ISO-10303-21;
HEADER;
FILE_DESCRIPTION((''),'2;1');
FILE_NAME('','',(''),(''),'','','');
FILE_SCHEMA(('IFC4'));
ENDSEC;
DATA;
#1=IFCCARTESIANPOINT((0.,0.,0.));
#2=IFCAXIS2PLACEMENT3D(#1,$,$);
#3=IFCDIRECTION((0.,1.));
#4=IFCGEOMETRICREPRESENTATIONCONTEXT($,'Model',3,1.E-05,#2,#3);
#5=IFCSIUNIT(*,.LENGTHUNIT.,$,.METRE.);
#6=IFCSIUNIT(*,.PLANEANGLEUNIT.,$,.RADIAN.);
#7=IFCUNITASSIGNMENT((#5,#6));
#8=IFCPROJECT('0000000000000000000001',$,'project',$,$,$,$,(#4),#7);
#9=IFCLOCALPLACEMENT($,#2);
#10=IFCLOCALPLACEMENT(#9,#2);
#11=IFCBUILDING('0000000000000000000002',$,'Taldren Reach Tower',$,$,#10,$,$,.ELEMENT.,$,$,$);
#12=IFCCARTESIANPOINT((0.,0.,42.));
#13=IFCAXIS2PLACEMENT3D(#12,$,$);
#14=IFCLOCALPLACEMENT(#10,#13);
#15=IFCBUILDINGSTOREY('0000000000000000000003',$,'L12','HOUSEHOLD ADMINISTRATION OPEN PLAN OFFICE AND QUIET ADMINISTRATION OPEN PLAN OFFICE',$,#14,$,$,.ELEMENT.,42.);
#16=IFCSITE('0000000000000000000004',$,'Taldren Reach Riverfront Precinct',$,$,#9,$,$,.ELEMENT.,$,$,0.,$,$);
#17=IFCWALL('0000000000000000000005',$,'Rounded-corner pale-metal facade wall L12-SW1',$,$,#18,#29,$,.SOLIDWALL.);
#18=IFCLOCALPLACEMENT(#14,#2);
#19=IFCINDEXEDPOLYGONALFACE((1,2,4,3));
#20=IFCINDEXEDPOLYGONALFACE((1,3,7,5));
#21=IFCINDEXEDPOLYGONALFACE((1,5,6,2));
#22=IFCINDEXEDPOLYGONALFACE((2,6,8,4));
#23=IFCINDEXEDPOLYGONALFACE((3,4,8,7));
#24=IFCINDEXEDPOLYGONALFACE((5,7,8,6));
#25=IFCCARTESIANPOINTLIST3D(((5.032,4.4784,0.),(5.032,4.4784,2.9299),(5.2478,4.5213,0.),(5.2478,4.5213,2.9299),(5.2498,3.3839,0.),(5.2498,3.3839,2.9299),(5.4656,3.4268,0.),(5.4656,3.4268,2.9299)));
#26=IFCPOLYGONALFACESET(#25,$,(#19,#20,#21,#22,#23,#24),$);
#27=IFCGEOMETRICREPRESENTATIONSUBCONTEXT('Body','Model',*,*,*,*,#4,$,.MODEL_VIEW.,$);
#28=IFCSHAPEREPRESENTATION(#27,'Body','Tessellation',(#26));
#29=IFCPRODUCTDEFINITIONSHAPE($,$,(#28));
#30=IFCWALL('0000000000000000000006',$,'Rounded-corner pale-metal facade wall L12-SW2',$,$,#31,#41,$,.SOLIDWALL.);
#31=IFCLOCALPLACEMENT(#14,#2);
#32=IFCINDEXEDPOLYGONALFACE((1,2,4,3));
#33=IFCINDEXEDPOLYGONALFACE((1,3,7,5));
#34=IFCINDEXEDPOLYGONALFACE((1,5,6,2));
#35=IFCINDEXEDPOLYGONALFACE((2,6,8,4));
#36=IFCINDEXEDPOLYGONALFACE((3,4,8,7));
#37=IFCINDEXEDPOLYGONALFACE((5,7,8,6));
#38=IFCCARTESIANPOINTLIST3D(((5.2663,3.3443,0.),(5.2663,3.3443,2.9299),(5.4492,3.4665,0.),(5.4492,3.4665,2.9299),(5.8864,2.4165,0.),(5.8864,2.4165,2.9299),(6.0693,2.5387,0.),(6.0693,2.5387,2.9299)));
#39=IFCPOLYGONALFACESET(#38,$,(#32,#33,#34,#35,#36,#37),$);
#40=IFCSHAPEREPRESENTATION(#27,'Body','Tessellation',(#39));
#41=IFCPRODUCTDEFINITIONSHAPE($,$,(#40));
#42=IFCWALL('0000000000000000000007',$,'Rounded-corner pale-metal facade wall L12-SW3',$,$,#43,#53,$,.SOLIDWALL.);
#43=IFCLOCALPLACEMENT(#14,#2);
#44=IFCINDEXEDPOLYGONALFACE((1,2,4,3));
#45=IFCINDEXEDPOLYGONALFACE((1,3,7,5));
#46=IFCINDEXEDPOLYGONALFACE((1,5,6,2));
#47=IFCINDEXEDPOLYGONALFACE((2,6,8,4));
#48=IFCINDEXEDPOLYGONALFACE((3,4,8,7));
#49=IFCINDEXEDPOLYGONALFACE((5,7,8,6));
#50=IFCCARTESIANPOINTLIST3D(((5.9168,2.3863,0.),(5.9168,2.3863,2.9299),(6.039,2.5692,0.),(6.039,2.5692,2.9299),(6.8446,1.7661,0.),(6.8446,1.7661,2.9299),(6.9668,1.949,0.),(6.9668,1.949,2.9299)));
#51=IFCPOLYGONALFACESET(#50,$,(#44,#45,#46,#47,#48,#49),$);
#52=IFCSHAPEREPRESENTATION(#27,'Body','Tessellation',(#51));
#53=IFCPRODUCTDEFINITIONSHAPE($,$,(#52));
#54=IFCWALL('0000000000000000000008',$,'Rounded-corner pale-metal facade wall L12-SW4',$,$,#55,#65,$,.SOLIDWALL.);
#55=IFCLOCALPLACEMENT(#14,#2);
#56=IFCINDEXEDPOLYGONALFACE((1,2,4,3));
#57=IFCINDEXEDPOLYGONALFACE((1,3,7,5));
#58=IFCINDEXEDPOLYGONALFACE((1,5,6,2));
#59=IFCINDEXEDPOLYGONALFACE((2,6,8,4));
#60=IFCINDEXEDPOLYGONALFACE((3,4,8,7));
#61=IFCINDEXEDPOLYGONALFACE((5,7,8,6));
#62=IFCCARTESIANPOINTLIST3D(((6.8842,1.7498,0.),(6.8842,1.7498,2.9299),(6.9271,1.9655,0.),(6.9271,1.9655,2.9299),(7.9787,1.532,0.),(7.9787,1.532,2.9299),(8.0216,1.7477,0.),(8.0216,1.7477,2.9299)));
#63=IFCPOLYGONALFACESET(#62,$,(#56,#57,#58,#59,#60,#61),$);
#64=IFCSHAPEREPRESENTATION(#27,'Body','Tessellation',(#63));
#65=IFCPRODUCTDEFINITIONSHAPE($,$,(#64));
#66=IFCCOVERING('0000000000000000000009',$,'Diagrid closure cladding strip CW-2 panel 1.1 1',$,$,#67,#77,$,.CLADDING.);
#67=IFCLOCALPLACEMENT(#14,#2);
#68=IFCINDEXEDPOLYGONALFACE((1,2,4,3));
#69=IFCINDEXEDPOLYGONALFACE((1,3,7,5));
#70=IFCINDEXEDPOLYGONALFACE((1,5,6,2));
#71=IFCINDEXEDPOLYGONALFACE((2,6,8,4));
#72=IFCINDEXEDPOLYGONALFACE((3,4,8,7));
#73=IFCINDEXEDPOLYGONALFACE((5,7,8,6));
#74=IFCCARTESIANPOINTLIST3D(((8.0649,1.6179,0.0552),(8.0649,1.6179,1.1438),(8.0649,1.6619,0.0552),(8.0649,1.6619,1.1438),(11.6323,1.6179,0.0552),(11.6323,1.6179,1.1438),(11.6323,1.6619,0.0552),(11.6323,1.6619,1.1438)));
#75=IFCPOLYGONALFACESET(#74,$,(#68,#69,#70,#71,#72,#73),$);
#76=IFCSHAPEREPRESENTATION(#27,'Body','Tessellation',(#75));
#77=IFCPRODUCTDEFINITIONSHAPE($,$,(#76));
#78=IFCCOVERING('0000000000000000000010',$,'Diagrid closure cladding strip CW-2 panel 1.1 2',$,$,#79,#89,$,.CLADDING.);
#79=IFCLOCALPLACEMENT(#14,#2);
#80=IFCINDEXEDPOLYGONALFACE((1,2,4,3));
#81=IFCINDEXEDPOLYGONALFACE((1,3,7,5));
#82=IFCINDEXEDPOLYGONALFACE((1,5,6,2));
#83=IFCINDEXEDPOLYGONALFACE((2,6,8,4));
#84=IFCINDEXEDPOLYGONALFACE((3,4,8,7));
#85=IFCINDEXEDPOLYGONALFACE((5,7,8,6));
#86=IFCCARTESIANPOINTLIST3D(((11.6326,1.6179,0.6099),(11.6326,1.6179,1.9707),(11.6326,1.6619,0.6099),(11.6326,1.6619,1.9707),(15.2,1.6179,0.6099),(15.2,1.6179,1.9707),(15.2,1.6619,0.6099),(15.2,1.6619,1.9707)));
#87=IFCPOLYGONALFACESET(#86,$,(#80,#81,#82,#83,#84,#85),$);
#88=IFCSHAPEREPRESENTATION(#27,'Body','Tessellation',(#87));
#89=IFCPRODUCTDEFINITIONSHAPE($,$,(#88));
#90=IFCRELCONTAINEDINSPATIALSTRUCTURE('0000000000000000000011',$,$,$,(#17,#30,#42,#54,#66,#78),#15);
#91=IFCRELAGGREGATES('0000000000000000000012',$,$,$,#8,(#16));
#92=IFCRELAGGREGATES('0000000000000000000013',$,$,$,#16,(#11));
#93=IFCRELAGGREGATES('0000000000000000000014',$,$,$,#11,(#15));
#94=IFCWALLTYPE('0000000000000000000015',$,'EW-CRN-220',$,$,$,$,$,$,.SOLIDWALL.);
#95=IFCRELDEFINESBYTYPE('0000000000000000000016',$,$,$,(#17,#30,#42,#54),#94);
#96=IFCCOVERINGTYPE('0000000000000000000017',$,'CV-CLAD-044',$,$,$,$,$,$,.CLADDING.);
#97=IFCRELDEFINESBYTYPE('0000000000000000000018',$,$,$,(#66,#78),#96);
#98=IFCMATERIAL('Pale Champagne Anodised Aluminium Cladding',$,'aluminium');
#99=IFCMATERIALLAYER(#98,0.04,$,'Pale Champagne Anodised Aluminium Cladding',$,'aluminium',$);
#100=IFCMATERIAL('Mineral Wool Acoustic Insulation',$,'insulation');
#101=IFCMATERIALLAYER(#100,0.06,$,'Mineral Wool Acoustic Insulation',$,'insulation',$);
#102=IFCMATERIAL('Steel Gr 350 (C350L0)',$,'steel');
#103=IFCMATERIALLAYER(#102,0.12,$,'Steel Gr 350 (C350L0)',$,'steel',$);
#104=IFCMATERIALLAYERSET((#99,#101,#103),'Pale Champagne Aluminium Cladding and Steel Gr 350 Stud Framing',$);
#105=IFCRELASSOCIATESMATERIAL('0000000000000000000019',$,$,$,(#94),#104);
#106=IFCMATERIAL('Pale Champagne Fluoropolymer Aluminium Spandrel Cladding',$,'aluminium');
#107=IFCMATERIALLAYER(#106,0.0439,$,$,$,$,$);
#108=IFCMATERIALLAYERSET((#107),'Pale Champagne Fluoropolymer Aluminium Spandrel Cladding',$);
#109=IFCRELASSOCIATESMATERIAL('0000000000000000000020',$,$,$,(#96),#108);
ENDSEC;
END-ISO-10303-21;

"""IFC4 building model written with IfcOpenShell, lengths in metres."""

from ifc_helpers import new_model, si_unit, direction, frame, frame_2d, origin, origin_2d, place, context, subcontext, project, spatial, rectangle, extrude, source, transform, mapped, material, layer, layer_set, type_object, element, save


model = new_model("IFC4")

# Units and contexts
model_context = context("Model", 3, precision=1e-05, world=origin(), true_north=direction((0.0, 1.0)))
body_context = subcontext(model_context, "Body", "Model", "MODEL_VIEW")
ifc_project = project(units=[si_unit("LENGTHUNIT", "METRE"), si_unit("PLANEANGLEUNIT", "RADIAN")], contexts=[model_context])

# Site, building, storey
site_placement = place(None, origin())
site = spatial("IfcSite", under=ifc_project, at=site_placement, Name="Taldren Reach Riverfront Precinct", CompositionType="ELEMENT", RefElevation=0.0)
building_placement = place(site_placement, origin())
building = spatial("IfcBuilding", under=site, at=building_placement, Name="Taldren Reach Tower", CompositionType="ELEMENT")
storey_placement = place(building_placement, frame((0.0, 0.0, 42.0)))
storey = spatial("IfcBuildingStorey", under=building, at=storey_placement, Name="L12", Description="HOUSEHOLD ADMINISTRATION OPEN PLAN OFFICE AND QUIET ADMINISTRATION OPEN PLAN OFFICE", CompositionType="ELEMENT", Elevation=42.0)

# Shared definitions
ifc_material_1 = material(Name="Steel Gr 350 (C350L0)", Category="steel")

# Walls
ifc_material_2 = material(Name="Pale Champagne Anodised Aluminium Cladding", Category="aluminium")
ifc_layer_1 = layer(ifc_material_2, 0.04, Name="Pale Champagne Anodised Aluminium Cladding", Category="aluminium")
ifc_material_3 = material(Name="Mineral Wool Acoustic Insulation", Category="insulation")
ifc_layer_2 = layer(ifc_material_3, 0.06, Name="Mineral Wool Acoustic Insulation", Category="insulation")
ifc_layer_3 = layer(ifc_material_1, 0.12, Name="Steel Gr 350 (C350L0)", Category="steel")
ifc_layer_set_1 = layer_set([ifc_layer_1, ifc_layer_2, ifc_layer_3], Name="Pale Champagne Aluminium Cladding and Steel Gr 350 Stud Framing")
wall_type = type_object("IfcWallType", Name="EW-CRN-220", PredefinedType="SOLIDWALL", material=ifc_layer_set_1)
shared_shape_1 = source(origin(), body_context, "Body", "SweptSolid", [
    extrude(rectangle(XDim=1.116, YDim=0.22, at=frame_2d((0.5581, 0.0))), origin(), (0.0, 0.0, 1.0), 2.9299),
])
for number, where, z_axis, x_axis, name in (
    (1, (5.1399, 4.5, 0.0), (0.0, 0.0, 1.0), (0.195148, -0.980774, 0.0), "Rounded-corner pale-metal facade wall L12-SW1"),
    (2, (5.3577, 3.4055, 0.0), (0.0, 0.0, 1.0), (0.55571, -0.831377, 0.0), "Rounded-corner pale-metal facade wall L12-SW2"),
    (3, (5.9778, 2.4778, 0.0), (0.0, 0.0, 1.0), (0.831377, -0.55571, 0.0), "Rounded-corner pale-metal facade wall L12-SW3"),
    (4, (6.9055, 1.8577, 0.0), (0.0, 0.0, 1.0), (0.980774, -0.195148, 0.0), "Rounded-corner pale-metal facade wall L12-SW4"),
):
    element("IfcWall", number, at=place(storey_placement, frame(where, z_axis=z_axis, x_axis=x_axis)), inside=storey, type_object=wall_type, Name=name, PredefinedType="SOLIDWALL", context=body_context, shape_type="MappedRepresentation", body=[
        mapped(shared_shape_1, transform((0.0, 0.0, 0.0), scale=1.0)),
    ])

# Coverings
ifc_material_4 = material(Name="Pale Champagne Fluoropolymer Aluminium Spandrel Cladding", Category="aluminium")
ifc_layer_4 = layer(ifc_material_4, 0.0439)
ifc_layer_set_2 = layer_set([ifc_layer_4], Name="Pale Champagne Fluoropolymer Aluminium Spandrel Cladding")
covering_type = type_object("IfcCoveringType", Name="CV-CLAD-044", PredefinedType="CLADDING", material=ifc_layer_set_2)
shared_shape_2 = source(origin(), body_context, "Body", "SweptSolid", [
    extrude(rectangle(XDim=3.5674, YDim=0.0439, at=origin_2d()), origin(), (0.0, 0.0, 1.0), 1.0886),
])
covering_1_placement = place(storey_placement, frame((9.8486, 1.6399, 0.0552), z_axis=(0.0, 0.0, 1.0), x_axis=(1.0, 0.0, 0.0)))
element("IfcCovering", 5, at=covering_1_placement, inside=storey, type_object=covering_type, Name="Diagrid closure cladding strip CW-2 panel 1.1 1", PredefinedType="CLADDING", context=body_context, shape_type="MappedRepresentation", body=[
    mapped(shared_shape_2, transform((0.0, 0.0, 0.0), scale=1.0)),
])
shared_shape_3 = source(origin(), body_context, "Body", "SweptSolid", [
    extrude(rectangle(XDim=3.5674, YDim=0.0439, at=origin_2d()), origin(), (0.0, 0.0, 1.0), 1.3608),
])
covering_2_placement = place(storey_placement, frame((13.4163, 1.6399, 0.6099), z_axis=(0.0, 0.0, 1.0), x_axis=(1.0, 0.0, 0.0)))
element("IfcCovering", 6, at=covering_2_placement, inside=storey, type_object=covering_type, Name="Diagrid closure cladding strip CW-2 panel 1.1 2", PredefinedType="CLADDING", context=body_context, shape_type="MappedRepresentation", body=[
    mapped(shared_shape_3, transform((0.0, 0.0, 0.0), scale=1.0)),
])

save(model, "model.ifc")
